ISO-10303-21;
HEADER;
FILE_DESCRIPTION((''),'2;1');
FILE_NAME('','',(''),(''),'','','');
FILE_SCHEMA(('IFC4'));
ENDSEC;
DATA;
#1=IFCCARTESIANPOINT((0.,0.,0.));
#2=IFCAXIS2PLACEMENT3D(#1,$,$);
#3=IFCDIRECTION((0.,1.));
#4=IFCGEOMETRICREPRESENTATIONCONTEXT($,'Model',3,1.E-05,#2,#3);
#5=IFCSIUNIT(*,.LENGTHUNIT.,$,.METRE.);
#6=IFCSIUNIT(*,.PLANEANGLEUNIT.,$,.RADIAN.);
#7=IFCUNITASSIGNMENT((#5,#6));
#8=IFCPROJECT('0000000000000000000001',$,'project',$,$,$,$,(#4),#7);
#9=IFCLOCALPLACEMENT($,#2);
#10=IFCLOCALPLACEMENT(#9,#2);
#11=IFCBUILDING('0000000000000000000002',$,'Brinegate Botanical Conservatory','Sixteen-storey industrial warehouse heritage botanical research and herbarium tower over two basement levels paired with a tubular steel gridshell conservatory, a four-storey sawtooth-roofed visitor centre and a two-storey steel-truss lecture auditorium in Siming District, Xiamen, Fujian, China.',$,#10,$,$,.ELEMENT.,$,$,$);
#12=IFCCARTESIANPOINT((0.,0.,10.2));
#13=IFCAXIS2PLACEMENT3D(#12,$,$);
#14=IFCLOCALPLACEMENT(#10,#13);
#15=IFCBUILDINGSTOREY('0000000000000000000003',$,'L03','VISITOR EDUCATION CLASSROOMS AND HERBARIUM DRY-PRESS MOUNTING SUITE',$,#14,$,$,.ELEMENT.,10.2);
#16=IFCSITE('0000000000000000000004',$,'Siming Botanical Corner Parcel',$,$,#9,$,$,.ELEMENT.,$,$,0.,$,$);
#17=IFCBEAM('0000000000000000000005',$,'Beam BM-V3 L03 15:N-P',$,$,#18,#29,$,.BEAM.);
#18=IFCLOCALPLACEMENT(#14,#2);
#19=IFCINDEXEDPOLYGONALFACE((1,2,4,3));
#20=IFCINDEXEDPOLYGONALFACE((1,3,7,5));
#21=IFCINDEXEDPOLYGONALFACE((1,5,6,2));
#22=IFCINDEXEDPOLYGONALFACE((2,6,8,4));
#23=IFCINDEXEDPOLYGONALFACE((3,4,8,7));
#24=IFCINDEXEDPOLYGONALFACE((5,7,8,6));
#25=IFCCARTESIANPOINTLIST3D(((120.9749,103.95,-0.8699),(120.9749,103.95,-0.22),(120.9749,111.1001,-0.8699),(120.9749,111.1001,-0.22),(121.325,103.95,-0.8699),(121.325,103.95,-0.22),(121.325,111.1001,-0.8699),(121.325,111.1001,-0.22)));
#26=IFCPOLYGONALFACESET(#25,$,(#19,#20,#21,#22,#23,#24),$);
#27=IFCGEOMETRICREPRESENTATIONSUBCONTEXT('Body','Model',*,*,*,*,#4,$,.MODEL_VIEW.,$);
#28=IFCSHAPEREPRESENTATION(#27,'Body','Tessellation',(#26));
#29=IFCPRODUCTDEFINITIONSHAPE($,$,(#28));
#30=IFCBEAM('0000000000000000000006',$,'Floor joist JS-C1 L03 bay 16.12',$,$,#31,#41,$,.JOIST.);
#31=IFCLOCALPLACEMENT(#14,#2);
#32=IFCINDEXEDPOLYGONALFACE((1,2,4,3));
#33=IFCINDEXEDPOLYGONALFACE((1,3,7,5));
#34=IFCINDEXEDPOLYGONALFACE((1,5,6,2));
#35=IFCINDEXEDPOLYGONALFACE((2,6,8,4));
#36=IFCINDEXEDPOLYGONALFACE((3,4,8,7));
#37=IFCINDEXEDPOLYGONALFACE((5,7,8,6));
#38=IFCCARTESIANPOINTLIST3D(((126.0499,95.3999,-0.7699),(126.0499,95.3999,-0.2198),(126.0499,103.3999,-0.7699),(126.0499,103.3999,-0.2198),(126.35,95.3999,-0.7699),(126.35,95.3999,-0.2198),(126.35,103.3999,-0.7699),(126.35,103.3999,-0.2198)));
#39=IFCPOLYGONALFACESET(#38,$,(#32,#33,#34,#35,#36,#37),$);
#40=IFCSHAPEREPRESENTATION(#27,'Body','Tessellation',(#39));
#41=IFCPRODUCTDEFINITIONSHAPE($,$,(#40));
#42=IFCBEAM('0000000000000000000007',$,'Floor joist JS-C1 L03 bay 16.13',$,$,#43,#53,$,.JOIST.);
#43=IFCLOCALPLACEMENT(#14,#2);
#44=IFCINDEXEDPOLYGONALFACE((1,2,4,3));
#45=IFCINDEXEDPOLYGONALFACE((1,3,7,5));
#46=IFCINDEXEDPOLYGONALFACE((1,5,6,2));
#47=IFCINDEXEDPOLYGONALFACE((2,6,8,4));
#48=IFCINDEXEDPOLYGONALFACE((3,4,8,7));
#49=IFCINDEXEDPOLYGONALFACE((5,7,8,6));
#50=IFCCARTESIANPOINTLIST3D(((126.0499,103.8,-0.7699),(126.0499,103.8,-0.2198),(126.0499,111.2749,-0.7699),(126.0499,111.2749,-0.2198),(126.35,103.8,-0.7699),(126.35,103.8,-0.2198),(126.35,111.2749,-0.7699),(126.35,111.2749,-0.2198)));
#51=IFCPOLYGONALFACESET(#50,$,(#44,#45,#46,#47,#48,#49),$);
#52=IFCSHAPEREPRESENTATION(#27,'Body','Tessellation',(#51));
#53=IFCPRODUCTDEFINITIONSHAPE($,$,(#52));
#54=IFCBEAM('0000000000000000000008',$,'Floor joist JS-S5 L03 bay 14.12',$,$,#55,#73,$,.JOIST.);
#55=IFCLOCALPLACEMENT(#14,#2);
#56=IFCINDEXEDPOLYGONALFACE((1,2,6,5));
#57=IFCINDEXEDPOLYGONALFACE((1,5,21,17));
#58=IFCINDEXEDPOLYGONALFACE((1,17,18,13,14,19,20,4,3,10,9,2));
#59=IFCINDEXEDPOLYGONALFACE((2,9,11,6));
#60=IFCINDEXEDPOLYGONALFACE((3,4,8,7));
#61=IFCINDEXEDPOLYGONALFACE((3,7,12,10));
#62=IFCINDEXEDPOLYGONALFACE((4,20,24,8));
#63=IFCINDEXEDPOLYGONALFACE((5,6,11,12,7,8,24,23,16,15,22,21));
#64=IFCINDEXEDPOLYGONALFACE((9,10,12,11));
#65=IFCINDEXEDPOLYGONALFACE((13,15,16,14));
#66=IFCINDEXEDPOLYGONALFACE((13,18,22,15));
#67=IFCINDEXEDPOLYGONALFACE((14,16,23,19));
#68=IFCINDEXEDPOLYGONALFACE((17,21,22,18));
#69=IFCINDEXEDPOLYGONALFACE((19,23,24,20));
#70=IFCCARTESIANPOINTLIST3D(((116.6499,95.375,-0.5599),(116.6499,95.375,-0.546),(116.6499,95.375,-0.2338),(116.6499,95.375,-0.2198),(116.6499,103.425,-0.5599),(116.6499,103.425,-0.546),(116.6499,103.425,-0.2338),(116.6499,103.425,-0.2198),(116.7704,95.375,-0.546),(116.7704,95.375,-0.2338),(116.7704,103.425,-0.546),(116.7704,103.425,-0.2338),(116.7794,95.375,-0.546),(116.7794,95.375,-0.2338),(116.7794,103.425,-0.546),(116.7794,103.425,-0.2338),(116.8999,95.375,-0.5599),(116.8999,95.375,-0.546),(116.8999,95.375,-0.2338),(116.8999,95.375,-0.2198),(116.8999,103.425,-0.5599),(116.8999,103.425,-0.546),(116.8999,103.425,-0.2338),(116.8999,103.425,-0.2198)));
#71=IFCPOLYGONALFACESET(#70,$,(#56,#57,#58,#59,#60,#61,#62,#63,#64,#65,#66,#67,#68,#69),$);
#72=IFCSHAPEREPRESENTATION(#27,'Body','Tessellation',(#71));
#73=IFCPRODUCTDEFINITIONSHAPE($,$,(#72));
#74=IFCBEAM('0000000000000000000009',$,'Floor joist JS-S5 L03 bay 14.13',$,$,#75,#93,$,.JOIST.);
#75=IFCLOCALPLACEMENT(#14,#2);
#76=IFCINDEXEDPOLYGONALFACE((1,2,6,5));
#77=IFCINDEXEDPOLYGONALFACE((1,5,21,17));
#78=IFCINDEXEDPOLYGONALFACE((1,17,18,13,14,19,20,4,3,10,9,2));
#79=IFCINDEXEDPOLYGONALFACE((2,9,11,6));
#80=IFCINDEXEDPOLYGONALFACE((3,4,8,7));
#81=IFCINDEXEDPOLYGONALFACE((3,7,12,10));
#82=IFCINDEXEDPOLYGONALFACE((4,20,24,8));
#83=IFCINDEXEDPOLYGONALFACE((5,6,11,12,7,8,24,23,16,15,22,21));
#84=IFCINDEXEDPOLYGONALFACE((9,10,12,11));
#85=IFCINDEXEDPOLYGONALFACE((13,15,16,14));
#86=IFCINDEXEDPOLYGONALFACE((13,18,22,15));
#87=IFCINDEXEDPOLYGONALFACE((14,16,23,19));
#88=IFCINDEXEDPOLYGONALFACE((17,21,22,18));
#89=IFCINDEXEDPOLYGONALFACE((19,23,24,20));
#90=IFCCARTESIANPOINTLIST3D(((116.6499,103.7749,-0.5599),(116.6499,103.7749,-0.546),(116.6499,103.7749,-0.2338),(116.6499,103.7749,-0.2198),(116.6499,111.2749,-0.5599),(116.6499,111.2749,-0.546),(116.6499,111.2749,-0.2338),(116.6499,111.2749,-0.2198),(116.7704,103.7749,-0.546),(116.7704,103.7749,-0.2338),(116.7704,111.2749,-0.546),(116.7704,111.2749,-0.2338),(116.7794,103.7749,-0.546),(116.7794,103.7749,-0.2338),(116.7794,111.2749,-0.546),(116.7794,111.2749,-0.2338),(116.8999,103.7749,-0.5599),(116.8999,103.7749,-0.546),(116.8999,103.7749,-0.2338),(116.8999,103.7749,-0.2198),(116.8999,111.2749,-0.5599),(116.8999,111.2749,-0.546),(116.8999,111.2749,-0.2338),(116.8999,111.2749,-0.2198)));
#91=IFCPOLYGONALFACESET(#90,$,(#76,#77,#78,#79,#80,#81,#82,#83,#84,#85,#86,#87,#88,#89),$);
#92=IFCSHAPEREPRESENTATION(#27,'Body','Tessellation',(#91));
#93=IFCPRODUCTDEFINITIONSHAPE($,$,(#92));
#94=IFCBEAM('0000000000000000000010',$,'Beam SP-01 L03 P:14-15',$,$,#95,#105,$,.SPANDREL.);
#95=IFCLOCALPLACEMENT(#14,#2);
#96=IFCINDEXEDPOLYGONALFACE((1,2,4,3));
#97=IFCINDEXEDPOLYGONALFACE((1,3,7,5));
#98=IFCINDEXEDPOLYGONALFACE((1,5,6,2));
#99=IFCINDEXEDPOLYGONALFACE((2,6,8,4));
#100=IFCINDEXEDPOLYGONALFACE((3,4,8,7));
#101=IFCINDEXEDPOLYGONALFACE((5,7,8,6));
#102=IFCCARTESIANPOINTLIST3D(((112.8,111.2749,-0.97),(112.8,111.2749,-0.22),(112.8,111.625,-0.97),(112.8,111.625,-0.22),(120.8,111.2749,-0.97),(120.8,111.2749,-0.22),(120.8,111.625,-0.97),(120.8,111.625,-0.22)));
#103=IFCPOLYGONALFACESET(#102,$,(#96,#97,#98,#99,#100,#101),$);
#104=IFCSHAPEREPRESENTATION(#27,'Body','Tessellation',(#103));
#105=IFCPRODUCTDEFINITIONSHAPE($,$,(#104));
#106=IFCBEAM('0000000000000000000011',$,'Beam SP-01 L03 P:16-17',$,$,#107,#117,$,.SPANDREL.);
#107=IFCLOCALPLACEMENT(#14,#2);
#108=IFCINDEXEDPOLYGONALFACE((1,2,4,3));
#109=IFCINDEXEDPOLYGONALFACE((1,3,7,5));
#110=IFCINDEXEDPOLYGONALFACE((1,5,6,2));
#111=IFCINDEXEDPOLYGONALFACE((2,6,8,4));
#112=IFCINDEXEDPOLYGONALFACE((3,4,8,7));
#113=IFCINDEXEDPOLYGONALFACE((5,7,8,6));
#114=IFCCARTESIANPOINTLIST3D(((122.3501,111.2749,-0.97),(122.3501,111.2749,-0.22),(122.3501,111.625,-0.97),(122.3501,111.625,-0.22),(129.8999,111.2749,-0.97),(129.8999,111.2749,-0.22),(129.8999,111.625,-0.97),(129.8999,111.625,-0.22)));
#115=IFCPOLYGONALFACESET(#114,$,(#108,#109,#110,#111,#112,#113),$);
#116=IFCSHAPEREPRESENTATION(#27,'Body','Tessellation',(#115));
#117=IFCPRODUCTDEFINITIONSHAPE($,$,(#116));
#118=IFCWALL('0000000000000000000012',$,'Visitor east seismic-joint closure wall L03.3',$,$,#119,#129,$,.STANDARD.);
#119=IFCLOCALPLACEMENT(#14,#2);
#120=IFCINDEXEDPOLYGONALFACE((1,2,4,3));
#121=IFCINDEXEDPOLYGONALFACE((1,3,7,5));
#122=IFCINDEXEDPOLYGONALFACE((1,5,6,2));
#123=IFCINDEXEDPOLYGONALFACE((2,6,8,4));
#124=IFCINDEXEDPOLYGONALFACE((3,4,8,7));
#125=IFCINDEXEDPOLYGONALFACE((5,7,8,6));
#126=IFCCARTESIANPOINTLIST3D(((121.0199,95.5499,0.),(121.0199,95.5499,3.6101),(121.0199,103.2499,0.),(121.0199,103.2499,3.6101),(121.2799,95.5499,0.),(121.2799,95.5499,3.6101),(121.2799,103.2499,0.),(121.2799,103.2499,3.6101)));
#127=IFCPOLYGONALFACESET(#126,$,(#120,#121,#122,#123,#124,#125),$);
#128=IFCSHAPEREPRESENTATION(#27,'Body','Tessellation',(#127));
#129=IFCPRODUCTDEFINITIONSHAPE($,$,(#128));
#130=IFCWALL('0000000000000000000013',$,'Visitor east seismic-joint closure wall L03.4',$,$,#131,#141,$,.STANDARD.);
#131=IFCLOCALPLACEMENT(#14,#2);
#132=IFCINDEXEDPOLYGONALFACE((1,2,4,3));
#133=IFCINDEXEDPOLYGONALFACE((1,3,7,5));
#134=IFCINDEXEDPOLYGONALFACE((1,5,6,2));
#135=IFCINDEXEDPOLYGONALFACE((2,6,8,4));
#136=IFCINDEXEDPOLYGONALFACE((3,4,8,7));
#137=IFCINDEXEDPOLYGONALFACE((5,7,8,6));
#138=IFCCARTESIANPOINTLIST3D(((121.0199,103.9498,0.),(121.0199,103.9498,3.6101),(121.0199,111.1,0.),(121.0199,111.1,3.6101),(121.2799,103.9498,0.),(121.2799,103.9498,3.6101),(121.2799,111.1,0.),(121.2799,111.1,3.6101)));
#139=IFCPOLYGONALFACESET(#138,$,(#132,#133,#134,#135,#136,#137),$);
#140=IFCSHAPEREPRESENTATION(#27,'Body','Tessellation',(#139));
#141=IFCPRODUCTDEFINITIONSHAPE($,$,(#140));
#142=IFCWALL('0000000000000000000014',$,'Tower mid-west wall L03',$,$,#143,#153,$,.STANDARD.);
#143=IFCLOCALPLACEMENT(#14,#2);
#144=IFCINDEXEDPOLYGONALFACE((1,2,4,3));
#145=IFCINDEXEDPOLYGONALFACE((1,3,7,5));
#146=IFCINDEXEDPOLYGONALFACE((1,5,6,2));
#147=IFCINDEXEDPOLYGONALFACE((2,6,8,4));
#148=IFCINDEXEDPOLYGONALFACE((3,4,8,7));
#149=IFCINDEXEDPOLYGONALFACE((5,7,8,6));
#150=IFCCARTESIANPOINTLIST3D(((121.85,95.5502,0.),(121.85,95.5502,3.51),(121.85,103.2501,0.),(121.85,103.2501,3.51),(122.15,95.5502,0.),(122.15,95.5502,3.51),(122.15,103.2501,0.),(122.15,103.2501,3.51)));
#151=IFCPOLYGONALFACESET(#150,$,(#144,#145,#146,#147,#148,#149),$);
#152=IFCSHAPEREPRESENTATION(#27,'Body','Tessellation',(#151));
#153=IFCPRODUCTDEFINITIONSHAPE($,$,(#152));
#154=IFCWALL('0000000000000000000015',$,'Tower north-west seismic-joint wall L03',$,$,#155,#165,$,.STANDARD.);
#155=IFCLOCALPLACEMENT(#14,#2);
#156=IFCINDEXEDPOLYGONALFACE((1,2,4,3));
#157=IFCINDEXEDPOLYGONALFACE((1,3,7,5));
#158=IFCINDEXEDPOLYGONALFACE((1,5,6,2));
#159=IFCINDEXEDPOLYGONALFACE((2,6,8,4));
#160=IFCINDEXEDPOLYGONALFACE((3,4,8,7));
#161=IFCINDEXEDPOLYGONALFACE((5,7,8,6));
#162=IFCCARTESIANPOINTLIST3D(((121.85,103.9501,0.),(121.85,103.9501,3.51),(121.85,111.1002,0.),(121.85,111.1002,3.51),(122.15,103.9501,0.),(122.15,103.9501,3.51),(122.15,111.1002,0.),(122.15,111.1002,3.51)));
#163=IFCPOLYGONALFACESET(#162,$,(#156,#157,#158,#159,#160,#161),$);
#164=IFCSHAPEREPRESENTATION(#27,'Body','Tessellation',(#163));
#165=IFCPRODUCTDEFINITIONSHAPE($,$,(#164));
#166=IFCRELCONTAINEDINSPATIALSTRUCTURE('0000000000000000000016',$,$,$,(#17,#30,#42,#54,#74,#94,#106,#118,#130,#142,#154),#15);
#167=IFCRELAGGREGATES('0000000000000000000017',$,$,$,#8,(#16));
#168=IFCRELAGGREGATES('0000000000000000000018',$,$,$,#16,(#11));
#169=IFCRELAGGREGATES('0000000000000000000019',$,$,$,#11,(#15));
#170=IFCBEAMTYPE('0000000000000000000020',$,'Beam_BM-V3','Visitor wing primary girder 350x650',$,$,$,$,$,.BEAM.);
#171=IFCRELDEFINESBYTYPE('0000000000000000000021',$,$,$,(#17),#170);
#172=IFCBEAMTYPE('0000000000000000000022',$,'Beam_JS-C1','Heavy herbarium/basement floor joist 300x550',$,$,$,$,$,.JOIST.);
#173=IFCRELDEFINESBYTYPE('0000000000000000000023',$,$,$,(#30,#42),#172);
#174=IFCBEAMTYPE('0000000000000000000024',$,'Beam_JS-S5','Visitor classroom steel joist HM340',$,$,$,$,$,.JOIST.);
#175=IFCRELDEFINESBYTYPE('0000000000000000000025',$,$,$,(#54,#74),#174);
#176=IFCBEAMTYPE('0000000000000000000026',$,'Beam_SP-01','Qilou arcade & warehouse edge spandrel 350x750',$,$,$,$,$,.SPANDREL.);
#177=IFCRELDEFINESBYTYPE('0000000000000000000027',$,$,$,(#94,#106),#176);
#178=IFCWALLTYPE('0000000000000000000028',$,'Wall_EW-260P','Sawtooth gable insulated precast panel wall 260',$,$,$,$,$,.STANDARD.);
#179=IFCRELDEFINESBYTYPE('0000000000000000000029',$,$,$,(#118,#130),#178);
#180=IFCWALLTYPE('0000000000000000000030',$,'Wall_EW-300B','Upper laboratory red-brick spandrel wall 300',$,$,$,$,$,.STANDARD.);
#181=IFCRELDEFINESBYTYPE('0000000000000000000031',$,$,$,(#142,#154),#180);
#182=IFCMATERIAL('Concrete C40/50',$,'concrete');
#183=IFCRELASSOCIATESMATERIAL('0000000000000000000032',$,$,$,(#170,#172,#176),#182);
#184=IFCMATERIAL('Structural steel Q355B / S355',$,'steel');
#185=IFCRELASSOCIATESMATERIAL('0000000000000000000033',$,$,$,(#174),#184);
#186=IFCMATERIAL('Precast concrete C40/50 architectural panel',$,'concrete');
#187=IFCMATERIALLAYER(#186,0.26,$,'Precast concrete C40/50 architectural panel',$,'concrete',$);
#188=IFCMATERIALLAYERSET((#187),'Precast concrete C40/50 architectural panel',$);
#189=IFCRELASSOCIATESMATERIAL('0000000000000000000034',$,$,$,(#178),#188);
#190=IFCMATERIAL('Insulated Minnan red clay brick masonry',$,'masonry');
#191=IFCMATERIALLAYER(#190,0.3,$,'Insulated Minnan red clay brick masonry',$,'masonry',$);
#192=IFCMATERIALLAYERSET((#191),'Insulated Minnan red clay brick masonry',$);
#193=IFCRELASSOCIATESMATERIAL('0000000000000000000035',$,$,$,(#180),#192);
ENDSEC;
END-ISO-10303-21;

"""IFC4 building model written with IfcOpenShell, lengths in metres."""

from ifc_helpers import new_model, si_unit, direction, frame, frame_2d, origin, origin_2d, place, context, subcontext, project, spatial, rectangle, i_section, extrude, material, layer, layer_set, material_profile, profile_set, type_object, element, save


model = new_model("IFC4")

# Units and contexts
model_context = context("Model", 3, precision=1e-05, world=origin(), true_north=direction((0.0, 1.0)))
body_context = subcontext(model_context, "Body", "Model", "MODEL_VIEW")
ifc_project = project(units=[si_unit("LENGTHUNIT", "METRE"), si_unit("PLANEANGLEUNIT", "RADIAN")], contexts=[model_context])

# Site, building, storey
site_placement = place(None, origin())
site = spatial("IfcSite", under=ifc_project, at=site_placement, Name="Siming Botanical Corner Parcel", CompositionType="ELEMENT", RefElevation=0.0)
building_placement = place(site_placement, origin())
building = spatial("IfcBuilding", under=site, at=building_placement, Name="Brinegate Botanical Conservatory", Description="Sixteen-storey industrial warehouse heritage botanical research and herbarium tower over two basement levels paired with a tubular steel gridshell conservatory, a four-storey sawtooth-roofed visitor centre and a two-storey steel-truss lecture auditorium in Siming District, Xiamen, Fujian, China.", CompositionType="ELEMENT")
storey_placement = place(building_placement, frame((0.0, 0.0, 10.2)))
storey = spatial("IfcBuildingStorey", under=building, at=storey_placement, Name="L03", Description="VISITOR EDUCATION CLASSROOMS AND HERBARIUM DRY-PRESS MOUNTING SUITE", CompositionType="ELEMENT", Elevation=10.2)

# Shared definitions
ifc_material_1 = material(Name="Concrete C40/50", Category="concrete")

# Beams
ifc_material_profile_1 = material_profile(ifc_material_1, rectangle(XDim=0.3501, YDim=0.6499, at=origin_2d()), Name="RC BM 350x650")
ifc_profile_set_1 = profile_set([ifc_material_profile_1], Name="Concrete C40/50")
beam_type_1 = type_object("IfcBeamType", Name="Beam_BM-V3", Description="Visitor wing primary girder 350x650", PredefinedType="BEAM", material=ifc_profile_set_1)
beam_1_placement = place(storey_placement, frame((121.1499, 103.95, -0.5449), z_axis=(0.0, 1.0, 0.0), x_axis=(-1.0, 0.0, 0.0)))
element("IfcBeam", 1, at=beam_1_placement, inside=storey, type_object=beam_type_1, Name="Beam BM-V3 L03 15:N-P", PredefinedType="BEAM", context=body_context, shape_type="SweptSolid", body=[
    extrude(rectangle(XDim=0.3501, YDim=0.6499, at=origin_2d()), origin(), (0.0, 0.0, 1.0), 7.1501),
])
ifc_material_profile_2 = material_profile(ifc_material_1, rectangle(XDim=0.3, YDim=0.55, at=origin_2d()), Name="RC JST 300x550")
ifc_profile_set_2 = profile_set([ifc_material_profile_2], Name="Concrete C40/50")
beam_type_2 = type_object("IfcBeamType", Name="Beam_JS-C1", Description="Heavy herbarium/basement floor joist 300x550", PredefinedType="JOIST", material=ifc_profile_set_2)
beam_2_placement = place(storey_placement, frame((126.2, 95.3999, -0.4949), z_axis=(0.0, 1.0, 0.0), x_axis=(-1.0, 0.0, 0.0)))
element("IfcBeam", 2, at=beam_2_placement, inside=storey, type_object=beam_type_2, Name="Floor joist JS-C1 L03 bay 16.12", PredefinedType="JOIST", context=body_context, shape_type="SweptSolid", body=[
    extrude(rectangle(XDim=0.3, YDim=0.55, at=origin_2d()), origin(), (0.0, 0.0, 1.0), 8.0),
])
beam_3_placement = place(storey_placement, frame((126.2, 103.8, -0.4949), z_axis=(0.0, 1.0, 0.0), x_axis=(-1.0, 0.0, 0.0)))
element("IfcBeam", 3, at=beam_3_placement, inside=storey, type_object=beam_type_2, Name="Floor joist JS-C1 L03 bay 16.13", PredefinedType="JOIST", context=body_context, shape_type="SweptSolid", body=[
    extrude(rectangle(XDim=0.3, YDim=0.55, at=origin_2d()), origin(), (0.0, 0.0, 1.0), 7.4749),
])
ifc_material_2 = material(Name="Structural steel Q355B / S355", Category="steel")
ifc_material_profile_3 = material_profile(ifc_material_2, i_section(OverallWidth=0.25, OverallDepth=0.3401, WebThickness=0.009, FlangeThickness=0.0139, at=origin_2d()), Name="HM 340x250x9x14")
ifc_profile_set_3 = profile_set([ifc_material_profile_3], Name="Structural steel Q355B / S355")
beam_type_3 = type_object("IfcBeamType", Name="Beam_JS-S5", Description="Visitor classroom steel joist HM340", PredefinedType="JOIST", material=ifc_profile_set_3)
beam_4_placement = place(storey_placement, frame((116.7749, 95.375, -0.3899), z_axis=(0.0, 1.0, 0.0), x_axis=(-1.0, 0.0, 0.0)))
element("IfcBeam", 4, at=beam_4_placement, inside=storey, type_object=beam_type_3, Name="Floor joist JS-S5 L03 bay 14.12", PredefinedType="JOIST", context=body_context, shape_type="SweptSolid", body=[
    extrude(i_section(OverallWidth=0.25, OverallDepth=0.3401, WebThickness=0.009, FlangeThickness=0.0139, at=origin_2d()), origin(), (0.0, 0.0, 1.0), 8.05),
])
beam_5_placement = place(storey_placement, frame((116.7749, 103.7749, -0.3899), z_axis=(0.0, 1.0, 0.0), x_axis=(-1.0, 0.0, 0.0)))
element("IfcBeam", 5, at=beam_5_placement, inside=storey, type_object=beam_type_3, Name="Floor joist JS-S5 L03 bay 14.13", PredefinedType="JOIST", context=body_context, shape_type="SweptSolid", body=[
    extrude(i_section(OverallWidth=0.25, OverallDepth=0.3401, WebThickness=0.009, FlangeThickness=0.0139, at=origin_2d()), origin(), (0.0, 0.0, 1.0), 7.5),
])
ifc_material_profile_4 = material_profile(ifc_material_1, rectangle(XDim=0.3501, YDim=0.75, at=origin_2d()), Name="RC SPN 350x750")
ifc_profile_set_4 = profile_set([ifc_material_profile_4], Name="Concrete C40/50")
beam_type_4 = type_object("IfcBeamType", Name="Beam_SP-01", Description="Qilou arcade & warehouse edge spandrel 350x750", PredefinedType="SPANDREL", material=ifc_profile_set_4)
beam_6_placement = place(storey_placement, frame((112.8, 111.45, -0.595), z_axis=(1.0, 0.0, 0.0), x_axis=(0.0, 1.0, 0.0)))
element("IfcBeam", 6, at=beam_6_placement, inside=storey, type_object=beam_type_4, Name="Beam SP-01 L03 P:14-15", PredefinedType="SPANDREL", context=body_context, shape_type="SweptSolid", body=[
    extrude(rectangle(XDim=0.3501, YDim=0.75, at=origin_2d()), origin(), (0.0, 0.0, 1.0), 8.0),
])
beam_7_placement = place(storey_placement, frame((122.3501, 111.45, -0.595), z_axis=(1.0, 0.0, 0.0), x_axis=(0.0, 1.0, 0.0)))
element("IfcBeam", 7, at=beam_7_placement, inside=storey, type_object=beam_type_4, Name="Beam SP-01 L03 P:16-17", PredefinedType="SPANDREL", context=body_context, shape_type="SweptSolid", body=[
    extrude(rectangle(XDim=0.3501, YDim=0.75, at=origin_2d()), origin(), (0.0, 0.0, 1.0), 7.5498),
])

# Walls
ifc_material_3 = material(Name="Precast concrete C40/50 architectural panel", Category="concrete")
ifc_layer_1 = layer(ifc_material_3, 0.26, Name="Precast concrete C40/50 architectural panel", Category="concrete")
ifc_layer_set_1 = layer_set([ifc_layer_1], Name="Precast concrete C40/50 architectural panel")
wall_type_1 = type_object("IfcWallType", Name="Wall_EW-260P", Description="Sawtooth gable insulated precast panel wall 260", PredefinedType="STANDARD", material=ifc_layer_set_1)
wall_1_placement = place(storey_placement, frame((121.1499, 103.25, 0.0), z_axis=(0.0, 0.0, 1.0), x_axis=(0.0, -1.0, 0.0)))
element("IfcWall", 8, at=wall_1_placement, inside=storey, type_object=wall_type_1, Name="Visitor east seismic-joint closure wall L03.3", PredefinedType="STANDARD", context=body_context, shape_type="SweptSolid", body=[
    extrude(rectangle(XDim=7.7, YDim=0.26, at=frame_2d((3.8501, 0.0))), origin(), (0.0, 0.0, 1.0), 3.6101),
])
wall_2_placement = place(storey_placement, frame((121.1499, 111.1001, 0.0), z_axis=(0.0, 0.0, 1.0), x_axis=(0.0, -1.0, 0.0)))
element("IfcWall", 9, at=wall_2_placement, inside=storey, type_object=wall_type_1, Name="Visitor east seismic-joint closure wall L03.4", PredefinedType="STANDARD", context=body_context, shape_type="SweptSolid", body=[
    extrude(rectangle(XDim=7.1501, YDim=0.26, at=frame_2d((3.5752, 0.0))), origin(), (0.0, 0.0, 1.0), 3.6101),
])
ifc_material_4 = material(Name="Insulated Minnan red clay brick masonry", Category="masonry")
ifc_layer_2 = layer(ifc_material_4, 0.3, Name="Insulated Minnan red clay brick masonry", Category="masonry")
ifc_layer_set_2 = layer_set([ifc_layer_2], Name="Insulated Minnan red clay brick masonry")
wall_type_2 = type_object("IfcWallType", Name="Wall_EW-300B", Description="Upper laboratory red-brick spandrel wall 300", PredefinedType="STANDARD", material=ifc_layer_set_2)
wall_3_placement = place(storey_placement, frame((122.0, 95.55, 0.0), z_axis=(0.0, 0.0, 1.0), x_axis=(0.0, 1.0, 0.0)))
element("IfcWall", 10, at=wall_3_placement, inside=storey, type_object=wall_type_2, Name="Tower mid-west wall L03", PredefinedType="STANDARD", context=body_context, shape_type="SweptSolid", body=[
    extrude(rectangle(XDim=7.7, YDim=0.3, at=frame_2d((3.8501, 0.0))), origin(), (0.0, 0.0, 1.0), 3.51),
])
wall_4_placement = place(storey_placement, frame((122.0, 103.95, 0.0), z_axis=(0.0, 0.0, 1.0), x_axis=(0.0, 1.0, 0.0)))
element("IfcWall", 11, at=wall_4_placement, inside=storey, type_object=wall_type_2, Name="Tower north-west seismic-joint wall L03", PredefinedType="STANDARD", context=body_context, shape_type="SweptSolid", body=[
    extrude(rectangle(XDim=7.1501, YDim=0.3, at=frame_2d((3.5752, 0.0))), origin(), (0.0, 0.0, 1.0), 3.51),
])

save(model, "model.ifc")
